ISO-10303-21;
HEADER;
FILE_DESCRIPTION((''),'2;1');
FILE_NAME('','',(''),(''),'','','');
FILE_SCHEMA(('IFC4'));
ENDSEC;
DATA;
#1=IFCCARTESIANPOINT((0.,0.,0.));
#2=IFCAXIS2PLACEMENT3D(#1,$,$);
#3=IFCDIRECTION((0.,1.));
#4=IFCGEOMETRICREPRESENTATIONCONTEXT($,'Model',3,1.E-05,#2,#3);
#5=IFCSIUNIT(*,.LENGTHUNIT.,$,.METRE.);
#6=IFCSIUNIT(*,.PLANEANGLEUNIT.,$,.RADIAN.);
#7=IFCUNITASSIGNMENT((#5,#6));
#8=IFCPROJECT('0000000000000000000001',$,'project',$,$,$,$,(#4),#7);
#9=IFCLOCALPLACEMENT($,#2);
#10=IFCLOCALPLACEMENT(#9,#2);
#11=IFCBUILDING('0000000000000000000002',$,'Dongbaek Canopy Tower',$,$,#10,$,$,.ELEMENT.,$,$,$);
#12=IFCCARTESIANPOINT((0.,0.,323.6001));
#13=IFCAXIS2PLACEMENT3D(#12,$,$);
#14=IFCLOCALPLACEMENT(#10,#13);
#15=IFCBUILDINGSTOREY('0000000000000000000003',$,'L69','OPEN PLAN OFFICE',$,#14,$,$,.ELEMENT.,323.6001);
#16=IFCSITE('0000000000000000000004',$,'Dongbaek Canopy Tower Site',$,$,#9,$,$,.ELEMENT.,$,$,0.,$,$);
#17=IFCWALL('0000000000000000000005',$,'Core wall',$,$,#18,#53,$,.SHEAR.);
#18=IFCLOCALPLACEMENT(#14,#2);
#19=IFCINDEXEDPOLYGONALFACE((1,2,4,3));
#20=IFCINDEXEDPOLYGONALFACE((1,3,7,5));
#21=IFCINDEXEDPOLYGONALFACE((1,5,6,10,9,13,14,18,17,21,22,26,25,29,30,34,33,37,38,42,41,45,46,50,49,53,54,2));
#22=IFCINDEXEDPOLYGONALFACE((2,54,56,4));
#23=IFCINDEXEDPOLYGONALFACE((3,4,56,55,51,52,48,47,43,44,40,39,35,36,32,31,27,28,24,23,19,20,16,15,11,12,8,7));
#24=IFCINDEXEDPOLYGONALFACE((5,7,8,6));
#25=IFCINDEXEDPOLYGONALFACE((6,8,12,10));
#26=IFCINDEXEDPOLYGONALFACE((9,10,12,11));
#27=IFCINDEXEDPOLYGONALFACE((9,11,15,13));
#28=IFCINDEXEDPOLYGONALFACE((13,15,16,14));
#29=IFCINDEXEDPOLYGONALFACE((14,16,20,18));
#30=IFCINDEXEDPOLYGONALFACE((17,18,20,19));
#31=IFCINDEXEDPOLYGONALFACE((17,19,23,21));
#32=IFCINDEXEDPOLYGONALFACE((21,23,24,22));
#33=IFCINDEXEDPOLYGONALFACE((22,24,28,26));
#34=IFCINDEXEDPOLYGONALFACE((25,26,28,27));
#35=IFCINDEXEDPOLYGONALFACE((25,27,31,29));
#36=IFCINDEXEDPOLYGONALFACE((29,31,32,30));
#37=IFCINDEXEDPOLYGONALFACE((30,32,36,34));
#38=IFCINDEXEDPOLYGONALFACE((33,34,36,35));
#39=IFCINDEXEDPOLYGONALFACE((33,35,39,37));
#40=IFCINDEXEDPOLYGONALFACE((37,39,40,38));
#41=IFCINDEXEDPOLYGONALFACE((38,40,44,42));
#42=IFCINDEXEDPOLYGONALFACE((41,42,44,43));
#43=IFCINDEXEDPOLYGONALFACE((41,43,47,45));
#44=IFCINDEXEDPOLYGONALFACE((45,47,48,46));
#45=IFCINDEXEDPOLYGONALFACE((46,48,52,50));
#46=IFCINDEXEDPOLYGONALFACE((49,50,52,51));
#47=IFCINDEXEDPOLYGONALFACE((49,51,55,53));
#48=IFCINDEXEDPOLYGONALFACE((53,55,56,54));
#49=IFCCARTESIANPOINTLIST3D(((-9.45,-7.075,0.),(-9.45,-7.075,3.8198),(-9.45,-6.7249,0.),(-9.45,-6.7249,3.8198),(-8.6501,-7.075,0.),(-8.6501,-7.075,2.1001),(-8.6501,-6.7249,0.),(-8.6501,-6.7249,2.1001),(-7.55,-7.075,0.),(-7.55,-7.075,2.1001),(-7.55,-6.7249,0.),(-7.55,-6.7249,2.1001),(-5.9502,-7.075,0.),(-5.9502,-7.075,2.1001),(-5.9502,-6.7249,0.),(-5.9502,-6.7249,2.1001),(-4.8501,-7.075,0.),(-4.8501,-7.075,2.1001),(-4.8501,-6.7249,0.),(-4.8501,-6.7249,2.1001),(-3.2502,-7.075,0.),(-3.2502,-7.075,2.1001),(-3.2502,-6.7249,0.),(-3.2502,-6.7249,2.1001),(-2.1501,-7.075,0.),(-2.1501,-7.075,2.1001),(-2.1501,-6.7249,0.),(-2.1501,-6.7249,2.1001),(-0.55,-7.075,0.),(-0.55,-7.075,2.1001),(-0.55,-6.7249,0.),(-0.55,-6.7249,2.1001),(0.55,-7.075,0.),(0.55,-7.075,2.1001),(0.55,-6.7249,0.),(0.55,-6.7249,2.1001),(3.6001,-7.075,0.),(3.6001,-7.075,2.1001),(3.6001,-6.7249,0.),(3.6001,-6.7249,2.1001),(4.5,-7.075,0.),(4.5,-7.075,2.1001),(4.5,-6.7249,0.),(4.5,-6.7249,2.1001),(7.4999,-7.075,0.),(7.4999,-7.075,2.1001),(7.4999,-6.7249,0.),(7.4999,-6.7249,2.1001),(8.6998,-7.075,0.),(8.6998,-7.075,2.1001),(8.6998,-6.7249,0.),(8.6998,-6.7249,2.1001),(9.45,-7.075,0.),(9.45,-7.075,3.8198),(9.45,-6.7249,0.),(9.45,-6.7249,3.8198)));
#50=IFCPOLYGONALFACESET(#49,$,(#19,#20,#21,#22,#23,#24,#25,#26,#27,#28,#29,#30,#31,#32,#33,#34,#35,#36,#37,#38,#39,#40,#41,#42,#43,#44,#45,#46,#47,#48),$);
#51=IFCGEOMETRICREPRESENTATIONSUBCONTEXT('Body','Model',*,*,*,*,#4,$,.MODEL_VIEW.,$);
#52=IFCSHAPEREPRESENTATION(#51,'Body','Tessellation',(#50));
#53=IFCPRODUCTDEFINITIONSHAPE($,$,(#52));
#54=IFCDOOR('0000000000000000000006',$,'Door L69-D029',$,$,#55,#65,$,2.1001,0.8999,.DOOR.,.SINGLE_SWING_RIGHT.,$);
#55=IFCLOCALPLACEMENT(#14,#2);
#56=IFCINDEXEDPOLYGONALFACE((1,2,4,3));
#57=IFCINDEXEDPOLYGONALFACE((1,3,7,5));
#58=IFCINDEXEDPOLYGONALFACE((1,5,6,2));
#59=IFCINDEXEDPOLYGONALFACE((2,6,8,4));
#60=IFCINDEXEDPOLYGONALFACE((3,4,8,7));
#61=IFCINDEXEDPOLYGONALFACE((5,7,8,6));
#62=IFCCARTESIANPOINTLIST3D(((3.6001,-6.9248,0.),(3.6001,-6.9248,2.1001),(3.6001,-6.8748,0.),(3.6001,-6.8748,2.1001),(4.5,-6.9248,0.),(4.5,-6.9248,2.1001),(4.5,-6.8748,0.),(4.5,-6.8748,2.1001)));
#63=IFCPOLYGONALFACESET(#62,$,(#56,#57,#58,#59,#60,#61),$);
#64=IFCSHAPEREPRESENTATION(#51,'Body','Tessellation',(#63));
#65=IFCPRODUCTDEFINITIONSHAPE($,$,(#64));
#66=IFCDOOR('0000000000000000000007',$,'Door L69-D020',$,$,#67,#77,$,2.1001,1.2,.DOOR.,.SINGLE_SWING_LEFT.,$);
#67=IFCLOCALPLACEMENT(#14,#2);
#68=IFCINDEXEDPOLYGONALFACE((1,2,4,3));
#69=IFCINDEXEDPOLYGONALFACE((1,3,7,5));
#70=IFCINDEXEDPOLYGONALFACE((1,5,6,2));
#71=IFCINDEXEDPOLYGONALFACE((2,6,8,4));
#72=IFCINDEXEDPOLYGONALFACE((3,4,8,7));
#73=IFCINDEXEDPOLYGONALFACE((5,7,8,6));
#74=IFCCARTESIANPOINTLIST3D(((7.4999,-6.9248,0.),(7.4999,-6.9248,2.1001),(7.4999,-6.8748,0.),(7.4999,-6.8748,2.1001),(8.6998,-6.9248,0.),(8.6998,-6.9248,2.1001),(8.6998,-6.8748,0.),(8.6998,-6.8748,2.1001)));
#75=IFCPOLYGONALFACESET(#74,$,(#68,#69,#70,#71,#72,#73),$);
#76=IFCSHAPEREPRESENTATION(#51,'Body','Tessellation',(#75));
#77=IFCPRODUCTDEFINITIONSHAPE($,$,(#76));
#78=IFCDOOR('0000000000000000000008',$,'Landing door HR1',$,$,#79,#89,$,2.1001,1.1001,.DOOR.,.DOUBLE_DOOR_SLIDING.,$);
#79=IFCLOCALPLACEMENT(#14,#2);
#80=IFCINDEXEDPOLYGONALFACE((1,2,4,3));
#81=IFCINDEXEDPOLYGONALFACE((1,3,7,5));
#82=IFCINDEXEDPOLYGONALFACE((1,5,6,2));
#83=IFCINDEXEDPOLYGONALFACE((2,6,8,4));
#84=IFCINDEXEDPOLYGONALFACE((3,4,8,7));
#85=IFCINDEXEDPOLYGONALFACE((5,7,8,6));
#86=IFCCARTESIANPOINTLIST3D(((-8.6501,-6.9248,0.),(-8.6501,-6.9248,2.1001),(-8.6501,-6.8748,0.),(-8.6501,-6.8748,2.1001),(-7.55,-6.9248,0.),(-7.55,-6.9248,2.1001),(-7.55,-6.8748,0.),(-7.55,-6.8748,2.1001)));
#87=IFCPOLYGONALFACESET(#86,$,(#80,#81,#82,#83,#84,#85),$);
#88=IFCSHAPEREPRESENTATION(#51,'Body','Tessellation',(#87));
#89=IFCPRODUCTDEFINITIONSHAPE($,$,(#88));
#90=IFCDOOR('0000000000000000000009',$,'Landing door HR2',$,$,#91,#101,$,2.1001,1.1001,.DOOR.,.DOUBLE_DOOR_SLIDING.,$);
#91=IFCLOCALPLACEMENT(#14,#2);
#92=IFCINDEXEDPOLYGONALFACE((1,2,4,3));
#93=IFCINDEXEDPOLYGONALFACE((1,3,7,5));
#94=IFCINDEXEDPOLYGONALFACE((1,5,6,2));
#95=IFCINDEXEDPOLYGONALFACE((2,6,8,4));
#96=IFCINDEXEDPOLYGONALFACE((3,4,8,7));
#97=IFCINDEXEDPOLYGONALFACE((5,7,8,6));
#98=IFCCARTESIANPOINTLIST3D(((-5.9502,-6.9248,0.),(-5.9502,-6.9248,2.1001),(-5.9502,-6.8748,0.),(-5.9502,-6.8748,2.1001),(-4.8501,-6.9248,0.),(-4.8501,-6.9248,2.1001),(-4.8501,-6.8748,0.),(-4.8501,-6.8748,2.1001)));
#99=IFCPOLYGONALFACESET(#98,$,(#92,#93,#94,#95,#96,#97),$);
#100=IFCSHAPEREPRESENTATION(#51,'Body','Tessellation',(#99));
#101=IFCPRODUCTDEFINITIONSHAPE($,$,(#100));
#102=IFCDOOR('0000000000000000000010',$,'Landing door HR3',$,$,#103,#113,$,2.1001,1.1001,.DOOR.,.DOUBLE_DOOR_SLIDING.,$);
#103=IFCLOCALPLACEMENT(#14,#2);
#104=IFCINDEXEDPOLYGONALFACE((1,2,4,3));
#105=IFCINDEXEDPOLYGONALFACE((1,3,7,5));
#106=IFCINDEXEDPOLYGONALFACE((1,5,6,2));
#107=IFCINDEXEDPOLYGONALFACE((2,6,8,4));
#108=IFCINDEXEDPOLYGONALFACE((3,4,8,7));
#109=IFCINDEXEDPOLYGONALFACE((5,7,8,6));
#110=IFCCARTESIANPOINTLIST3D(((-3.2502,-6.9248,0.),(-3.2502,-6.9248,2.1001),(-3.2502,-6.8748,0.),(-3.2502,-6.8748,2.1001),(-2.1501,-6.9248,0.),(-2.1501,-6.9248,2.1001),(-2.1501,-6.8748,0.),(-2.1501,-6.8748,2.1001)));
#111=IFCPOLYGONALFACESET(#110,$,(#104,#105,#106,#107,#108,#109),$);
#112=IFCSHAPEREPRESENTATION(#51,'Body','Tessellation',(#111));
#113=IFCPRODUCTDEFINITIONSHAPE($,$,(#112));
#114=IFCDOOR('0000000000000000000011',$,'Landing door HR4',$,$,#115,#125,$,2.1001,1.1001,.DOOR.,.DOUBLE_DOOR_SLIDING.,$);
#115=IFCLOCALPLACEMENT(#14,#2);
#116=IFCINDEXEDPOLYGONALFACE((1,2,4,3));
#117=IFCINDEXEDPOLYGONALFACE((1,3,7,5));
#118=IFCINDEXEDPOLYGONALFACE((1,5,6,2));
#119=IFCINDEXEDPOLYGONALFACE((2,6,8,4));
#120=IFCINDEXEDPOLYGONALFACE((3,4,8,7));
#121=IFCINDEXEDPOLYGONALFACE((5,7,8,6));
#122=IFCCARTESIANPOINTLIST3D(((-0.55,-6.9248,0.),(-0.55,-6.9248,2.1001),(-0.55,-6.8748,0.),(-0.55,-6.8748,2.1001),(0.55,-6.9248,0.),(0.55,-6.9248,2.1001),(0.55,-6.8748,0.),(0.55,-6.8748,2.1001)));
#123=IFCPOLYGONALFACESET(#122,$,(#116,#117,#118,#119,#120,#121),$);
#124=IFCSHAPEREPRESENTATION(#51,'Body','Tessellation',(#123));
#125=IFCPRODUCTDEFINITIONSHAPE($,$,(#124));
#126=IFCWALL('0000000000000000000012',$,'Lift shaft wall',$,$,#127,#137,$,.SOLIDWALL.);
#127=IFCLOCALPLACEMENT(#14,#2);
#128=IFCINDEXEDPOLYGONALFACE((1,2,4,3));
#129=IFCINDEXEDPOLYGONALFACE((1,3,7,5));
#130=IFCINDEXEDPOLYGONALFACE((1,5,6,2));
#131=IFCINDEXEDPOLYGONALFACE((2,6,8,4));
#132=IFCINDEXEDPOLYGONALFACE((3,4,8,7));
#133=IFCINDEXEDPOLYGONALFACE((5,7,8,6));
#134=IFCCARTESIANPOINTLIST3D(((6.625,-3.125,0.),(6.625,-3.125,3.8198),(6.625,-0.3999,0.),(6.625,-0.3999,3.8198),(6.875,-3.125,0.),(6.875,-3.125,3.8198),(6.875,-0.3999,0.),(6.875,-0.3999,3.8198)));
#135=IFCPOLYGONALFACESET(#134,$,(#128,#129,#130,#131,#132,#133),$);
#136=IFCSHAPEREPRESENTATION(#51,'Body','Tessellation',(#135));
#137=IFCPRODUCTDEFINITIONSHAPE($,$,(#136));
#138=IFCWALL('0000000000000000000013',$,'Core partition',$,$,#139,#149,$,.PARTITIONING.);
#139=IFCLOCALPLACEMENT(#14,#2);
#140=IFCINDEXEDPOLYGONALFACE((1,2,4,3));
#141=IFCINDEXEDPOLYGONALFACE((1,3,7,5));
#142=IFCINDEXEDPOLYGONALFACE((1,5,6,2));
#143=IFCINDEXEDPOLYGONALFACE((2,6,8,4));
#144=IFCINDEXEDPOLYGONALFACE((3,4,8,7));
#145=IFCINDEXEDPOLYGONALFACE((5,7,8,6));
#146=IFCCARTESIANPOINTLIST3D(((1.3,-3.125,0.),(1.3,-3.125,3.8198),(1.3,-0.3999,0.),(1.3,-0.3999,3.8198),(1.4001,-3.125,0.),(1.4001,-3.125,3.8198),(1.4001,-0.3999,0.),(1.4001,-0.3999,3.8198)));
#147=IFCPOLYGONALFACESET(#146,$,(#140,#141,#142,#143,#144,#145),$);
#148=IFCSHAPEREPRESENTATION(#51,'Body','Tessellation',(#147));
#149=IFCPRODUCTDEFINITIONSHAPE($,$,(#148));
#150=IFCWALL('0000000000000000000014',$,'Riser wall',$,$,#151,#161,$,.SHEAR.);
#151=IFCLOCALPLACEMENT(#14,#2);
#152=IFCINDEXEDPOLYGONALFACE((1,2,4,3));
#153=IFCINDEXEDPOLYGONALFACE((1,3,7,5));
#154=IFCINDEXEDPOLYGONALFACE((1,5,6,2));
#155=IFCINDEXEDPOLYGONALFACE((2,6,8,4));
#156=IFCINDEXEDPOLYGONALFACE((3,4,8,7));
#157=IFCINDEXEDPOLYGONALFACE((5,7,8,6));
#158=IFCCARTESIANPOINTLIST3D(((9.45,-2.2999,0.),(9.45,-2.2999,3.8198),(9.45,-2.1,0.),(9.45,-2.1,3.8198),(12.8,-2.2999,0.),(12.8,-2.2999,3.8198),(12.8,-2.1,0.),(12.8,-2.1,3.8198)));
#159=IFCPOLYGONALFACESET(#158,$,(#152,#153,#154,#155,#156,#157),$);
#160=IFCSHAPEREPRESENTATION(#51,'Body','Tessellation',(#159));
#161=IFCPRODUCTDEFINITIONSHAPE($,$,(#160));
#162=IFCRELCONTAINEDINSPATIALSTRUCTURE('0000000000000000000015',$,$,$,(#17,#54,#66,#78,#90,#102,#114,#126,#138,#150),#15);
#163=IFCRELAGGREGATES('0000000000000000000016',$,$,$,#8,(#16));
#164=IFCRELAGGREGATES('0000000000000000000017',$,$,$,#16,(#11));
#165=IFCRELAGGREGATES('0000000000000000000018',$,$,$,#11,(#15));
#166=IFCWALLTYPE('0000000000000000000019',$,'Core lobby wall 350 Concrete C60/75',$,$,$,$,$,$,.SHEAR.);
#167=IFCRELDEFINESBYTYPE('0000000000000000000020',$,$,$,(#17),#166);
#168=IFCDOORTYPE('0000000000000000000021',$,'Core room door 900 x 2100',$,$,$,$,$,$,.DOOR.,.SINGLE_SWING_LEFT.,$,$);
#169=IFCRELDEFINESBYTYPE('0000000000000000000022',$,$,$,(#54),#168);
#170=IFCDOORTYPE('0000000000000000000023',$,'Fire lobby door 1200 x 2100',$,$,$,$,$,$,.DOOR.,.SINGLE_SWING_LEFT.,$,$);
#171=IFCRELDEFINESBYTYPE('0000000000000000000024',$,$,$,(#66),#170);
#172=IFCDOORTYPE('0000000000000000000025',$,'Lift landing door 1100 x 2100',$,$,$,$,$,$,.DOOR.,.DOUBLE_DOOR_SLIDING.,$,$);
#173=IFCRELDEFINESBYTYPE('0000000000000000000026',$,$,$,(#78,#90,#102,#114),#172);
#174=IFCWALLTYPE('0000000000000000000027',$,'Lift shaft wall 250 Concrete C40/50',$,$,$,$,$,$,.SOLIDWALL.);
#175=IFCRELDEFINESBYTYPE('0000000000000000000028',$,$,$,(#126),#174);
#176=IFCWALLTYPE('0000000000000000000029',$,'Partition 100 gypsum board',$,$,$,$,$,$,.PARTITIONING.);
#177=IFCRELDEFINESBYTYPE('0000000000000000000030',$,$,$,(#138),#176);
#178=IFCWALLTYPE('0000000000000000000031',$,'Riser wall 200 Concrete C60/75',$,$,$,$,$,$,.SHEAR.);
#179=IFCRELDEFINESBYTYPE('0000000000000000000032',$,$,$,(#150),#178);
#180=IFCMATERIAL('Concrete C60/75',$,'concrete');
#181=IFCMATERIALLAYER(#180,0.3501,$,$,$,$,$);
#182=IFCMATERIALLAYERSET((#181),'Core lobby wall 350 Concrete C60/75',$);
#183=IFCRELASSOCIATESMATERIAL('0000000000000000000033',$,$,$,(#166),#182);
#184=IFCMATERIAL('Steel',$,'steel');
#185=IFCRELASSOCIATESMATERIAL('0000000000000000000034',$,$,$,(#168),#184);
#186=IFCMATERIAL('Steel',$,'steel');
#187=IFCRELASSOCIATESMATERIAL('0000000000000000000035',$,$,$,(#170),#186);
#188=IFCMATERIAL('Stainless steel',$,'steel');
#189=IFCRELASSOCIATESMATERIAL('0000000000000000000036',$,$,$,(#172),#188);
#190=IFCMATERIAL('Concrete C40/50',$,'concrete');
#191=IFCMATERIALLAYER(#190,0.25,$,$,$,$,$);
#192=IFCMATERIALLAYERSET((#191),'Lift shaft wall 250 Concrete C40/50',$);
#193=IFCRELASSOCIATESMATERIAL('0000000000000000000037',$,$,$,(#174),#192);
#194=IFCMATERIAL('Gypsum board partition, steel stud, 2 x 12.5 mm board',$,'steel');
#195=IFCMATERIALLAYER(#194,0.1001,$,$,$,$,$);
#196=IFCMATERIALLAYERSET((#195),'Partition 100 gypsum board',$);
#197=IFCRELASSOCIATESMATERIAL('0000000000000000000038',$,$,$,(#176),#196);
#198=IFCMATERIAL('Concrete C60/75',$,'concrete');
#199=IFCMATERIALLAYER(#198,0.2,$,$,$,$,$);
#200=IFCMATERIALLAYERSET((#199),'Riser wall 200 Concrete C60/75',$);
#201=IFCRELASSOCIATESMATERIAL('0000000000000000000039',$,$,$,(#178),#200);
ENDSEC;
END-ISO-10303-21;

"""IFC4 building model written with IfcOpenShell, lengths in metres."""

from ifc_helpers import new_model, si_unit, direction, frame, frame_2d, origin, place, context, subcontext, project, spatial, rectangle, extrude, material, layer, layer_set, type_object, element, fill, save


model = new_model("IFC4")

# Units and contexts
model_context = context("Model", 3, precision=1e-05, world=origin(), true_north=direction((0.0, 1.0)))
body_context = subcontext(model_context, "Body", "Model", "MODEL_VIEW")
ifc_project = project(units=[si_unit("LENGTHUNIT", "METRE"), si_unit("PLANEANGLEUNIT", "RADIAN")], contexts=[model_context])

# Site, building, storey
site_placement = place(None, origin())
site = spatial("IfcSite", under=ifc_project, at=site_placement, Name="Dongbaek Canopy Tower Site", CompositionType="ELEMENT", RefElevation=0.0)
building_placement = place(site_placement, origin())
building = spatial("IfcBuilding", under=site, at=building_placement, Name="Dongbaek Canopy Tower", CompositionType="ELEMENT")
storey_placement = place(building_placement, frame((0.0, 0.0, 323.6001)))
storey = spatial("IfcBuildingStorey", under=building, at=storey_placement, Name="L69", Description="OPEN PLAN OFFICE", CompositionType="ELEMENT", Elevation=323.6001)

# Wall, openings, doors
ifc_material_1 = material(Name="Concrete C60/75", Category="concrete")
ifc_layer_1 = layer(ifc_material_1, 0.3501)
ifc_layer_set_1 = layer_set([ifc_layer_1], Name="Core lobby wall 350 Concrete C60/75")
wall_type_1 = type_object("IfcWallType", Name="Core lobby wall 350 Concrete C60/75", PredefinedType="SHEAR", material=ifc_layer_set_1)
wall_1_placement = place(storey_placement, frame((9.45, -6.8999, 0.0), z_axis=(0.0, 0.0, 1.0), x_axis=(-1.0, 0.0, 0.0)))
wall_1 = element("IfcWall", 1, at=wall_1_placement, inside=storey, type_object=wall_type_1, Name="Core wall", PredefinedType="SHEAR", context=body_context, shape_type="SweptSolid", body=[
    extrude(rectangle(XDim=18.8999, YDim=0.3501, at=frame_2d((9.45, 0.0))), origin(), (0.0, 0.0, 1.0), 3.8198),
])
opening_1_placement = place(wall_1_placement, frame((17.0, 0.0, 0.0)))
opening_1 = element("IfcOpeningElement", 2, at=opening_1_placement, cuts=wall_1, PredefinedType="OPENING", context=body_context, shape_type="SweptSolid", body=[
    extrude(rectangle(XDim=1.1001, YDim=2.1001, at=frame_2d((0.55, 1.05))), frame((0.0, 0.1851, 0.0), z_axis=(0.0, -1.0, 0.0), x_axis=(1.0, 0.0, 0.0)), (0.0, 0.0, 1.0), 0.3701),
])
opening_2_placement = place(wall_1_placement, frame((14.3, 0.0, 0.0)))
opening_2 = element("IfcOpeningElement", 3, at=opening_2_placement, cuts=wall_1, PredefinedType="OPENING", context=body_context, shape_type="SweptSolid", body=[
    extrude(rectangle(XDim=1.1001, YDim=2.1001, at=frame_2d((0.55, 1.05))), frame((0.0, 0.1851, 0.0), z_axis=(0.0, -1.0, 0.0), x_axis=(1.0, 0.0, 0.0)), (0.0, 0.0, 1.0), 0.3701),
])
opening_3_placement = place(wall_1_placement, frame((11.6001, 0.0, 0.0)))
opening_3 = element("IfcOpeningElement", 4, at=opening_3_placement, cuts=wall_1, PredefinedType="OPENING", context=body_context, shape_type="SweptSolid", body=[
    extrude(rectangle(XDim=1.1001, YDim=2.1001, at=frame_2d((0.55, 1.05))), frame((0.0, 0.1851, 0.0), z_axis=(0.0, -1.0, 0.0), x_axis=(1.0, 0.0, 0.0)), (0.0, 0.0, 1.0), 0.3701),
])
opening_4_placement = place(wall_1_placement, frame((8.8999, 0.0, 0.0)))
opening_4 = element("IfcOpeningElement", 5, at=opening_4_placement, cuts=wall_1, PredefinedType="OPENING", context=body_context, shape_type="SweptSolid", body=[
    extrude(rectangle(XDim=1.1001, YDim=2.1001, at=frame_2d((0.55, 1.05))), frame((0.0, 0.1851, 0.0), z_axis=(0.0, -1.0, 0.0), x_axis=(1.0, 0.0, 0.0)), (0.0, 0.0, 1.0), 0.3701),
])
opening_5_placement = place(wall_1_placement, frame((0.75, 0.0, 0.0)))
opening_5 = element("IfcOpeningElement", 6, at=opening_5_placement, cuts=wall_1, PredefinedType="OPENING", context=body_context, shape_type="SweptSolid", body=[
    extrude(rectangle(XDim=1.2, YDim=2.1001, at=frame_2d((0.6001, 1.05))), frame((0.0, 0.1851, 0.0), z_axis=(0.0, -1.0, 0.0), x_axis=(1.0, 0.0, 0.0)), (0.0, 0.0, 1.0), 0.3701),
])
opening_6_placement = place(wall_1_placement, frame((4.95, 0.0, 0.0)))
opening_6 = element("IfcOpeningElement", 7, at=opening_6_placement, cuts=wall_1, PredefinedType="OPENING", context=body_context, shape_type="SweptSolid", body=[
    extrude(rectangle(XDim=0.8999, YDim=2.1001, at=frame_2d((0.45, 1.05))), frame((0.0, 0.1851, 0.0), z_axis=(0.0, -1.0, 0.0), x_axis=(1.0, 0.0, 0.0)), (0.0, 0.0, 1.0), 0.3701),
])
ifc_material_2 = material(Name="Steel", Category="steel")
door_type_1 = type_object("IfcDoorType", Name="Core room door 900 x 2100", OperationType="SINGLE_SWING_LEFT", PredefinedType="DOOR", material=ifc_material_2)
door_1_placement = place(opening_6_placement, origin())
door_1 = element("IfcDoor", 8, at=door_1_placement, inside=storey, type_object=door_type_1, Name="Door L69-D029", OperationType="SINGLE_SWING_RIGHT", OverallHeight=2.1001, OverallWidth=0.8999, PredefinedType="DOOR", context=body_context, shape_type="SweptSolid", body=[
    extrude(rectangle(XDim=0.8999, YDim=2.1001, at=frame_2d((0.45, 1.05))), frame((0.0, 0.0249, 0.0), z_axis=(0.0, -1.0, 0.0), x_axis=(1.0, 0.0, 0.0)), (0.0, 0.0, 1.0), 0.05),
])
fill(opening_6, door_1)
ifc_material_3 = material(Name="Steel", Category="steel")
door_type_2 = type_object("IfcDoorType", Name="Fire lobby door 1200 x 2100", OperationType="SINGLE_SWING_LEFT", PredefinedType="DOOR", material=ifc_material_3)
door_2_placement = place(opening_5_placement, origin())
door_2 = element("IfcDoor", 9, at=door_2_placement, inside=storey, type_object=door_type_2, Name="Door L69-D020", OperationType="SINGLE_SWING_LEFT", OverallHeight=2.1001, OverallWidth=1.2, PredefinedType="DOOR", context=body_context, shape_type="SweptSolid", body=[
    extrude(rectangle(XDim=1.2, YDim=2.1001, at=frame_2d((0.6001, 1.05))), frame((0.0, 0.0249, 0.0), z_axis=(0.0, -1.0, 0.0), x_axis=(1.0, 0.0, 0.0)), (0.0, 0.0, 1.0), 0.05),
])
fill(opening_5, door_2)
ifc_material_4 = material(Name="Stainless steel", Category="steel")
door_type_3 = type_object("IfcDoorType", Name="Lift landing door 1100 x 2100", OperationType="DOUBLE_DOOR_SLIDING", PredefinedType="DOOR", material=ifc_material_4)
door_3_placement = place(opening_1_placement, origin())
door_3 = element("IfcDoor", 10, at=door_3_placement, inside=storey, type_object=door_type_3, Name="Landing door HR1", OperationType="DOUBLE_DOOR_SLIDING", OverallHeight=2.1001, OverallWidth=1.1001, PredefinedType="DOOR", context=body_context, shape_type="SweptSolid", body=[
    extrude(rectangle(XDim=1.1001, YDim=2.1001, at=frame_2d((0.55, 1.05))), frame((0.0, 0.0249, 0.0), z_axis=(0.0, -1.0, 0.0), x_axis=(1.0, 0.0, 0.0)), (0.0, 0.0, 1.0), 0.05),
])
fill(opening_1, door_3)
door_4_placement = place(opening_2_placement, origin())
door_4 = element("IfcDoor", 11, at=door_4_placement, inside=storey, type_object=door_type_3, Name="Landing door HR2", OperationType="DOUBLE_DOOR_SLIDING", OverallHeight=2.1001, OverallWidth=1.1001, PredefinedType="DOOR", context=body_context, shape_type="SweptSolid", body=[
    extrude(rectangle(XDim=1.1001, YDim=2.1001, at=frame_2d((0.55, 1.05))), frame((0.0, 0.0249, 0.0), z_axis=(0.0, -1.0, 0.0), x_axis=(1.0, 0.0, 0.0)), (0.0, 0.0, 1.0), 0.05),
])
fill(opening_2, door_4)
door_5_placement = place(opening_3_placement, origin())
door_5 = element("IfcDoor", 12, at=door_5_placement, inside=storey, type_object=door_type_3, Name="Landing door HR3", OperationType="DOUBLE_DOOR_SLIDING", OverallHeight=2.1001, OverallWidth=1.1001, PredefinedType="DOOR", context=body_context, shape_type="SweptSolid", body=[
    extrude(rectangle(XDim=1.1001, YDim=2.1001, at=frame_2d((0.55, 1.05))), frame((0.0, 0.0249, 0.0), z_axis=(0.0, -1.0, 0.0), x_axis=(1.0, 0.0, 0.0)), (0.0, 0.0, 1.0), 0.05),
])
fill(opening_3, door_5)
door_6_placement = place(opening_4_placement, origin())
door_6 = element("IfcDoor", 13, at=door_6_placement, inside=storey, type_object=door_type_3, Name="Landing door HR4", OperationType="DOUBLE_DOOR_SLIDING", OverallHeight=2.1001, OverallWidth=1.1001, PredefinedType="DOOR", context=body_context, shape_type="SweptSolid", body=[
    extrude(rectangle(XDim=1.1001, YDim=2.1001, at=frame_2d((0.55, 1.05))), frame((0.0, 0.0249, 0.0), z_axis=(0.0, -1.0, 0.0), x_axis=(1.0, 0.0, 0.0)), (0.0, 0.0, 1.0), 0.05),
])
fill(opening_4, door_6)

# Walls
ifc_material_5 = material(Name="Concrete C40/50", Category="concrete")
ifc_layer_2 = layer(ifc_material_5, 0.25)
ifc_layer_set_2 = layer_set([ifc_layer_2], Name="Lift shaft wall 250 Concrete C40/50")
wall_type_2 = type_object("IfcWallType", Name="Lift shaft wall 250 Concrete C40/50", PredefinedType="SOLIDWALL", material=ifc_layer_set_2)
wall_2_placement = place(storey_placement, frame((6.75, -3.125, 0.0), z_axis=(0.0, 0.0, 1.0), x_axis=(0.0, 1.0, 0.0)))
element("IfcWall", 14, at=wall_2_placement, inside=storey, type_object=wall_type_2, Name="Lift shaft wall", PredefinedType="SOLIDWALL", context=body_context, shape_type="SweptSolid", body=[
    extrude(rectangle(XDim=2.7251, YDim=0.25, at=frame_2d((1.3625, 0.0))), origin(), (0.0, 0.0, 1.0), 3.8198),
])
ifc_material_6 = material(Name="Gypsum board partition, steel stud, 2 x 12.5 mm board", Category="steel")
ifc_layer_3 = layer(ifc_material_6, 0.1001)
ifc_layer_set_3 = layer_set([ifc_layer_3], Name="Partition 100 gypsum board")
wall_type_3 = type_object("IfcWallType", Name="Partition 100 gypsum board", PredefinedType="PARTITIONING", material=ifc_layer_set_3)
wall_3_placement = place(storey_placement, frame((1.3501, -3.125, 0.0), z_axis=(0.0, 0.0, 1.0), x_axis=(0.0, 1.0, 0.0)))
element("IfcWall", 15, at=wall_3_placement, inside=storey, type_object=wall_type_3, Name="Core partition", PredefinedType="PARTITIONING", context=body_context, shape_type="SweptSolid", body=[
    extrude(rectangle(XDim=2.7251, YDim=0.1001, at=frame_2d((1.3625, 0.0))), origin(), (0.0, 0.0, 1.0), 3.8198),
])
ifc_material_7 = material(Name="Concrete C60/75", Category="concrete")
ifc_layer_4 = layer(ifc_material_7, 0.2)
ifc_layer_set_4 = layer_set([ifc_layer_4], Name="Riser wall 200 Concrete C60/75")
wall_type_4 = type_object("IfcWallType", Name="Riser wall 200 Concrete C60/75", PredefinedType="SHEAR", material=ifc_layer_set_4)
wall_4_placement = place(storey_placement, frame((9.45, -2.2, 0.0), z_axis=(0.0, 0.0, 1.0), x_axis=(1.0, 0.0, 0.0)))
element("IfcWall", 16, at=wall_4_placement, inside=storey, type_object=wall_type_4, Name="Riser wall", PredefinedType="SHEAR", context=body_context, shape_type="SweptSolid", body=[
    extrude(rectangle(XDim=3.3501, YDim=0.2, at=frame_2d((1.675, 0.0))), origin(), (0.0, 0.0, 1.0), 3.8198),
])

save(model, "model.ifc")
